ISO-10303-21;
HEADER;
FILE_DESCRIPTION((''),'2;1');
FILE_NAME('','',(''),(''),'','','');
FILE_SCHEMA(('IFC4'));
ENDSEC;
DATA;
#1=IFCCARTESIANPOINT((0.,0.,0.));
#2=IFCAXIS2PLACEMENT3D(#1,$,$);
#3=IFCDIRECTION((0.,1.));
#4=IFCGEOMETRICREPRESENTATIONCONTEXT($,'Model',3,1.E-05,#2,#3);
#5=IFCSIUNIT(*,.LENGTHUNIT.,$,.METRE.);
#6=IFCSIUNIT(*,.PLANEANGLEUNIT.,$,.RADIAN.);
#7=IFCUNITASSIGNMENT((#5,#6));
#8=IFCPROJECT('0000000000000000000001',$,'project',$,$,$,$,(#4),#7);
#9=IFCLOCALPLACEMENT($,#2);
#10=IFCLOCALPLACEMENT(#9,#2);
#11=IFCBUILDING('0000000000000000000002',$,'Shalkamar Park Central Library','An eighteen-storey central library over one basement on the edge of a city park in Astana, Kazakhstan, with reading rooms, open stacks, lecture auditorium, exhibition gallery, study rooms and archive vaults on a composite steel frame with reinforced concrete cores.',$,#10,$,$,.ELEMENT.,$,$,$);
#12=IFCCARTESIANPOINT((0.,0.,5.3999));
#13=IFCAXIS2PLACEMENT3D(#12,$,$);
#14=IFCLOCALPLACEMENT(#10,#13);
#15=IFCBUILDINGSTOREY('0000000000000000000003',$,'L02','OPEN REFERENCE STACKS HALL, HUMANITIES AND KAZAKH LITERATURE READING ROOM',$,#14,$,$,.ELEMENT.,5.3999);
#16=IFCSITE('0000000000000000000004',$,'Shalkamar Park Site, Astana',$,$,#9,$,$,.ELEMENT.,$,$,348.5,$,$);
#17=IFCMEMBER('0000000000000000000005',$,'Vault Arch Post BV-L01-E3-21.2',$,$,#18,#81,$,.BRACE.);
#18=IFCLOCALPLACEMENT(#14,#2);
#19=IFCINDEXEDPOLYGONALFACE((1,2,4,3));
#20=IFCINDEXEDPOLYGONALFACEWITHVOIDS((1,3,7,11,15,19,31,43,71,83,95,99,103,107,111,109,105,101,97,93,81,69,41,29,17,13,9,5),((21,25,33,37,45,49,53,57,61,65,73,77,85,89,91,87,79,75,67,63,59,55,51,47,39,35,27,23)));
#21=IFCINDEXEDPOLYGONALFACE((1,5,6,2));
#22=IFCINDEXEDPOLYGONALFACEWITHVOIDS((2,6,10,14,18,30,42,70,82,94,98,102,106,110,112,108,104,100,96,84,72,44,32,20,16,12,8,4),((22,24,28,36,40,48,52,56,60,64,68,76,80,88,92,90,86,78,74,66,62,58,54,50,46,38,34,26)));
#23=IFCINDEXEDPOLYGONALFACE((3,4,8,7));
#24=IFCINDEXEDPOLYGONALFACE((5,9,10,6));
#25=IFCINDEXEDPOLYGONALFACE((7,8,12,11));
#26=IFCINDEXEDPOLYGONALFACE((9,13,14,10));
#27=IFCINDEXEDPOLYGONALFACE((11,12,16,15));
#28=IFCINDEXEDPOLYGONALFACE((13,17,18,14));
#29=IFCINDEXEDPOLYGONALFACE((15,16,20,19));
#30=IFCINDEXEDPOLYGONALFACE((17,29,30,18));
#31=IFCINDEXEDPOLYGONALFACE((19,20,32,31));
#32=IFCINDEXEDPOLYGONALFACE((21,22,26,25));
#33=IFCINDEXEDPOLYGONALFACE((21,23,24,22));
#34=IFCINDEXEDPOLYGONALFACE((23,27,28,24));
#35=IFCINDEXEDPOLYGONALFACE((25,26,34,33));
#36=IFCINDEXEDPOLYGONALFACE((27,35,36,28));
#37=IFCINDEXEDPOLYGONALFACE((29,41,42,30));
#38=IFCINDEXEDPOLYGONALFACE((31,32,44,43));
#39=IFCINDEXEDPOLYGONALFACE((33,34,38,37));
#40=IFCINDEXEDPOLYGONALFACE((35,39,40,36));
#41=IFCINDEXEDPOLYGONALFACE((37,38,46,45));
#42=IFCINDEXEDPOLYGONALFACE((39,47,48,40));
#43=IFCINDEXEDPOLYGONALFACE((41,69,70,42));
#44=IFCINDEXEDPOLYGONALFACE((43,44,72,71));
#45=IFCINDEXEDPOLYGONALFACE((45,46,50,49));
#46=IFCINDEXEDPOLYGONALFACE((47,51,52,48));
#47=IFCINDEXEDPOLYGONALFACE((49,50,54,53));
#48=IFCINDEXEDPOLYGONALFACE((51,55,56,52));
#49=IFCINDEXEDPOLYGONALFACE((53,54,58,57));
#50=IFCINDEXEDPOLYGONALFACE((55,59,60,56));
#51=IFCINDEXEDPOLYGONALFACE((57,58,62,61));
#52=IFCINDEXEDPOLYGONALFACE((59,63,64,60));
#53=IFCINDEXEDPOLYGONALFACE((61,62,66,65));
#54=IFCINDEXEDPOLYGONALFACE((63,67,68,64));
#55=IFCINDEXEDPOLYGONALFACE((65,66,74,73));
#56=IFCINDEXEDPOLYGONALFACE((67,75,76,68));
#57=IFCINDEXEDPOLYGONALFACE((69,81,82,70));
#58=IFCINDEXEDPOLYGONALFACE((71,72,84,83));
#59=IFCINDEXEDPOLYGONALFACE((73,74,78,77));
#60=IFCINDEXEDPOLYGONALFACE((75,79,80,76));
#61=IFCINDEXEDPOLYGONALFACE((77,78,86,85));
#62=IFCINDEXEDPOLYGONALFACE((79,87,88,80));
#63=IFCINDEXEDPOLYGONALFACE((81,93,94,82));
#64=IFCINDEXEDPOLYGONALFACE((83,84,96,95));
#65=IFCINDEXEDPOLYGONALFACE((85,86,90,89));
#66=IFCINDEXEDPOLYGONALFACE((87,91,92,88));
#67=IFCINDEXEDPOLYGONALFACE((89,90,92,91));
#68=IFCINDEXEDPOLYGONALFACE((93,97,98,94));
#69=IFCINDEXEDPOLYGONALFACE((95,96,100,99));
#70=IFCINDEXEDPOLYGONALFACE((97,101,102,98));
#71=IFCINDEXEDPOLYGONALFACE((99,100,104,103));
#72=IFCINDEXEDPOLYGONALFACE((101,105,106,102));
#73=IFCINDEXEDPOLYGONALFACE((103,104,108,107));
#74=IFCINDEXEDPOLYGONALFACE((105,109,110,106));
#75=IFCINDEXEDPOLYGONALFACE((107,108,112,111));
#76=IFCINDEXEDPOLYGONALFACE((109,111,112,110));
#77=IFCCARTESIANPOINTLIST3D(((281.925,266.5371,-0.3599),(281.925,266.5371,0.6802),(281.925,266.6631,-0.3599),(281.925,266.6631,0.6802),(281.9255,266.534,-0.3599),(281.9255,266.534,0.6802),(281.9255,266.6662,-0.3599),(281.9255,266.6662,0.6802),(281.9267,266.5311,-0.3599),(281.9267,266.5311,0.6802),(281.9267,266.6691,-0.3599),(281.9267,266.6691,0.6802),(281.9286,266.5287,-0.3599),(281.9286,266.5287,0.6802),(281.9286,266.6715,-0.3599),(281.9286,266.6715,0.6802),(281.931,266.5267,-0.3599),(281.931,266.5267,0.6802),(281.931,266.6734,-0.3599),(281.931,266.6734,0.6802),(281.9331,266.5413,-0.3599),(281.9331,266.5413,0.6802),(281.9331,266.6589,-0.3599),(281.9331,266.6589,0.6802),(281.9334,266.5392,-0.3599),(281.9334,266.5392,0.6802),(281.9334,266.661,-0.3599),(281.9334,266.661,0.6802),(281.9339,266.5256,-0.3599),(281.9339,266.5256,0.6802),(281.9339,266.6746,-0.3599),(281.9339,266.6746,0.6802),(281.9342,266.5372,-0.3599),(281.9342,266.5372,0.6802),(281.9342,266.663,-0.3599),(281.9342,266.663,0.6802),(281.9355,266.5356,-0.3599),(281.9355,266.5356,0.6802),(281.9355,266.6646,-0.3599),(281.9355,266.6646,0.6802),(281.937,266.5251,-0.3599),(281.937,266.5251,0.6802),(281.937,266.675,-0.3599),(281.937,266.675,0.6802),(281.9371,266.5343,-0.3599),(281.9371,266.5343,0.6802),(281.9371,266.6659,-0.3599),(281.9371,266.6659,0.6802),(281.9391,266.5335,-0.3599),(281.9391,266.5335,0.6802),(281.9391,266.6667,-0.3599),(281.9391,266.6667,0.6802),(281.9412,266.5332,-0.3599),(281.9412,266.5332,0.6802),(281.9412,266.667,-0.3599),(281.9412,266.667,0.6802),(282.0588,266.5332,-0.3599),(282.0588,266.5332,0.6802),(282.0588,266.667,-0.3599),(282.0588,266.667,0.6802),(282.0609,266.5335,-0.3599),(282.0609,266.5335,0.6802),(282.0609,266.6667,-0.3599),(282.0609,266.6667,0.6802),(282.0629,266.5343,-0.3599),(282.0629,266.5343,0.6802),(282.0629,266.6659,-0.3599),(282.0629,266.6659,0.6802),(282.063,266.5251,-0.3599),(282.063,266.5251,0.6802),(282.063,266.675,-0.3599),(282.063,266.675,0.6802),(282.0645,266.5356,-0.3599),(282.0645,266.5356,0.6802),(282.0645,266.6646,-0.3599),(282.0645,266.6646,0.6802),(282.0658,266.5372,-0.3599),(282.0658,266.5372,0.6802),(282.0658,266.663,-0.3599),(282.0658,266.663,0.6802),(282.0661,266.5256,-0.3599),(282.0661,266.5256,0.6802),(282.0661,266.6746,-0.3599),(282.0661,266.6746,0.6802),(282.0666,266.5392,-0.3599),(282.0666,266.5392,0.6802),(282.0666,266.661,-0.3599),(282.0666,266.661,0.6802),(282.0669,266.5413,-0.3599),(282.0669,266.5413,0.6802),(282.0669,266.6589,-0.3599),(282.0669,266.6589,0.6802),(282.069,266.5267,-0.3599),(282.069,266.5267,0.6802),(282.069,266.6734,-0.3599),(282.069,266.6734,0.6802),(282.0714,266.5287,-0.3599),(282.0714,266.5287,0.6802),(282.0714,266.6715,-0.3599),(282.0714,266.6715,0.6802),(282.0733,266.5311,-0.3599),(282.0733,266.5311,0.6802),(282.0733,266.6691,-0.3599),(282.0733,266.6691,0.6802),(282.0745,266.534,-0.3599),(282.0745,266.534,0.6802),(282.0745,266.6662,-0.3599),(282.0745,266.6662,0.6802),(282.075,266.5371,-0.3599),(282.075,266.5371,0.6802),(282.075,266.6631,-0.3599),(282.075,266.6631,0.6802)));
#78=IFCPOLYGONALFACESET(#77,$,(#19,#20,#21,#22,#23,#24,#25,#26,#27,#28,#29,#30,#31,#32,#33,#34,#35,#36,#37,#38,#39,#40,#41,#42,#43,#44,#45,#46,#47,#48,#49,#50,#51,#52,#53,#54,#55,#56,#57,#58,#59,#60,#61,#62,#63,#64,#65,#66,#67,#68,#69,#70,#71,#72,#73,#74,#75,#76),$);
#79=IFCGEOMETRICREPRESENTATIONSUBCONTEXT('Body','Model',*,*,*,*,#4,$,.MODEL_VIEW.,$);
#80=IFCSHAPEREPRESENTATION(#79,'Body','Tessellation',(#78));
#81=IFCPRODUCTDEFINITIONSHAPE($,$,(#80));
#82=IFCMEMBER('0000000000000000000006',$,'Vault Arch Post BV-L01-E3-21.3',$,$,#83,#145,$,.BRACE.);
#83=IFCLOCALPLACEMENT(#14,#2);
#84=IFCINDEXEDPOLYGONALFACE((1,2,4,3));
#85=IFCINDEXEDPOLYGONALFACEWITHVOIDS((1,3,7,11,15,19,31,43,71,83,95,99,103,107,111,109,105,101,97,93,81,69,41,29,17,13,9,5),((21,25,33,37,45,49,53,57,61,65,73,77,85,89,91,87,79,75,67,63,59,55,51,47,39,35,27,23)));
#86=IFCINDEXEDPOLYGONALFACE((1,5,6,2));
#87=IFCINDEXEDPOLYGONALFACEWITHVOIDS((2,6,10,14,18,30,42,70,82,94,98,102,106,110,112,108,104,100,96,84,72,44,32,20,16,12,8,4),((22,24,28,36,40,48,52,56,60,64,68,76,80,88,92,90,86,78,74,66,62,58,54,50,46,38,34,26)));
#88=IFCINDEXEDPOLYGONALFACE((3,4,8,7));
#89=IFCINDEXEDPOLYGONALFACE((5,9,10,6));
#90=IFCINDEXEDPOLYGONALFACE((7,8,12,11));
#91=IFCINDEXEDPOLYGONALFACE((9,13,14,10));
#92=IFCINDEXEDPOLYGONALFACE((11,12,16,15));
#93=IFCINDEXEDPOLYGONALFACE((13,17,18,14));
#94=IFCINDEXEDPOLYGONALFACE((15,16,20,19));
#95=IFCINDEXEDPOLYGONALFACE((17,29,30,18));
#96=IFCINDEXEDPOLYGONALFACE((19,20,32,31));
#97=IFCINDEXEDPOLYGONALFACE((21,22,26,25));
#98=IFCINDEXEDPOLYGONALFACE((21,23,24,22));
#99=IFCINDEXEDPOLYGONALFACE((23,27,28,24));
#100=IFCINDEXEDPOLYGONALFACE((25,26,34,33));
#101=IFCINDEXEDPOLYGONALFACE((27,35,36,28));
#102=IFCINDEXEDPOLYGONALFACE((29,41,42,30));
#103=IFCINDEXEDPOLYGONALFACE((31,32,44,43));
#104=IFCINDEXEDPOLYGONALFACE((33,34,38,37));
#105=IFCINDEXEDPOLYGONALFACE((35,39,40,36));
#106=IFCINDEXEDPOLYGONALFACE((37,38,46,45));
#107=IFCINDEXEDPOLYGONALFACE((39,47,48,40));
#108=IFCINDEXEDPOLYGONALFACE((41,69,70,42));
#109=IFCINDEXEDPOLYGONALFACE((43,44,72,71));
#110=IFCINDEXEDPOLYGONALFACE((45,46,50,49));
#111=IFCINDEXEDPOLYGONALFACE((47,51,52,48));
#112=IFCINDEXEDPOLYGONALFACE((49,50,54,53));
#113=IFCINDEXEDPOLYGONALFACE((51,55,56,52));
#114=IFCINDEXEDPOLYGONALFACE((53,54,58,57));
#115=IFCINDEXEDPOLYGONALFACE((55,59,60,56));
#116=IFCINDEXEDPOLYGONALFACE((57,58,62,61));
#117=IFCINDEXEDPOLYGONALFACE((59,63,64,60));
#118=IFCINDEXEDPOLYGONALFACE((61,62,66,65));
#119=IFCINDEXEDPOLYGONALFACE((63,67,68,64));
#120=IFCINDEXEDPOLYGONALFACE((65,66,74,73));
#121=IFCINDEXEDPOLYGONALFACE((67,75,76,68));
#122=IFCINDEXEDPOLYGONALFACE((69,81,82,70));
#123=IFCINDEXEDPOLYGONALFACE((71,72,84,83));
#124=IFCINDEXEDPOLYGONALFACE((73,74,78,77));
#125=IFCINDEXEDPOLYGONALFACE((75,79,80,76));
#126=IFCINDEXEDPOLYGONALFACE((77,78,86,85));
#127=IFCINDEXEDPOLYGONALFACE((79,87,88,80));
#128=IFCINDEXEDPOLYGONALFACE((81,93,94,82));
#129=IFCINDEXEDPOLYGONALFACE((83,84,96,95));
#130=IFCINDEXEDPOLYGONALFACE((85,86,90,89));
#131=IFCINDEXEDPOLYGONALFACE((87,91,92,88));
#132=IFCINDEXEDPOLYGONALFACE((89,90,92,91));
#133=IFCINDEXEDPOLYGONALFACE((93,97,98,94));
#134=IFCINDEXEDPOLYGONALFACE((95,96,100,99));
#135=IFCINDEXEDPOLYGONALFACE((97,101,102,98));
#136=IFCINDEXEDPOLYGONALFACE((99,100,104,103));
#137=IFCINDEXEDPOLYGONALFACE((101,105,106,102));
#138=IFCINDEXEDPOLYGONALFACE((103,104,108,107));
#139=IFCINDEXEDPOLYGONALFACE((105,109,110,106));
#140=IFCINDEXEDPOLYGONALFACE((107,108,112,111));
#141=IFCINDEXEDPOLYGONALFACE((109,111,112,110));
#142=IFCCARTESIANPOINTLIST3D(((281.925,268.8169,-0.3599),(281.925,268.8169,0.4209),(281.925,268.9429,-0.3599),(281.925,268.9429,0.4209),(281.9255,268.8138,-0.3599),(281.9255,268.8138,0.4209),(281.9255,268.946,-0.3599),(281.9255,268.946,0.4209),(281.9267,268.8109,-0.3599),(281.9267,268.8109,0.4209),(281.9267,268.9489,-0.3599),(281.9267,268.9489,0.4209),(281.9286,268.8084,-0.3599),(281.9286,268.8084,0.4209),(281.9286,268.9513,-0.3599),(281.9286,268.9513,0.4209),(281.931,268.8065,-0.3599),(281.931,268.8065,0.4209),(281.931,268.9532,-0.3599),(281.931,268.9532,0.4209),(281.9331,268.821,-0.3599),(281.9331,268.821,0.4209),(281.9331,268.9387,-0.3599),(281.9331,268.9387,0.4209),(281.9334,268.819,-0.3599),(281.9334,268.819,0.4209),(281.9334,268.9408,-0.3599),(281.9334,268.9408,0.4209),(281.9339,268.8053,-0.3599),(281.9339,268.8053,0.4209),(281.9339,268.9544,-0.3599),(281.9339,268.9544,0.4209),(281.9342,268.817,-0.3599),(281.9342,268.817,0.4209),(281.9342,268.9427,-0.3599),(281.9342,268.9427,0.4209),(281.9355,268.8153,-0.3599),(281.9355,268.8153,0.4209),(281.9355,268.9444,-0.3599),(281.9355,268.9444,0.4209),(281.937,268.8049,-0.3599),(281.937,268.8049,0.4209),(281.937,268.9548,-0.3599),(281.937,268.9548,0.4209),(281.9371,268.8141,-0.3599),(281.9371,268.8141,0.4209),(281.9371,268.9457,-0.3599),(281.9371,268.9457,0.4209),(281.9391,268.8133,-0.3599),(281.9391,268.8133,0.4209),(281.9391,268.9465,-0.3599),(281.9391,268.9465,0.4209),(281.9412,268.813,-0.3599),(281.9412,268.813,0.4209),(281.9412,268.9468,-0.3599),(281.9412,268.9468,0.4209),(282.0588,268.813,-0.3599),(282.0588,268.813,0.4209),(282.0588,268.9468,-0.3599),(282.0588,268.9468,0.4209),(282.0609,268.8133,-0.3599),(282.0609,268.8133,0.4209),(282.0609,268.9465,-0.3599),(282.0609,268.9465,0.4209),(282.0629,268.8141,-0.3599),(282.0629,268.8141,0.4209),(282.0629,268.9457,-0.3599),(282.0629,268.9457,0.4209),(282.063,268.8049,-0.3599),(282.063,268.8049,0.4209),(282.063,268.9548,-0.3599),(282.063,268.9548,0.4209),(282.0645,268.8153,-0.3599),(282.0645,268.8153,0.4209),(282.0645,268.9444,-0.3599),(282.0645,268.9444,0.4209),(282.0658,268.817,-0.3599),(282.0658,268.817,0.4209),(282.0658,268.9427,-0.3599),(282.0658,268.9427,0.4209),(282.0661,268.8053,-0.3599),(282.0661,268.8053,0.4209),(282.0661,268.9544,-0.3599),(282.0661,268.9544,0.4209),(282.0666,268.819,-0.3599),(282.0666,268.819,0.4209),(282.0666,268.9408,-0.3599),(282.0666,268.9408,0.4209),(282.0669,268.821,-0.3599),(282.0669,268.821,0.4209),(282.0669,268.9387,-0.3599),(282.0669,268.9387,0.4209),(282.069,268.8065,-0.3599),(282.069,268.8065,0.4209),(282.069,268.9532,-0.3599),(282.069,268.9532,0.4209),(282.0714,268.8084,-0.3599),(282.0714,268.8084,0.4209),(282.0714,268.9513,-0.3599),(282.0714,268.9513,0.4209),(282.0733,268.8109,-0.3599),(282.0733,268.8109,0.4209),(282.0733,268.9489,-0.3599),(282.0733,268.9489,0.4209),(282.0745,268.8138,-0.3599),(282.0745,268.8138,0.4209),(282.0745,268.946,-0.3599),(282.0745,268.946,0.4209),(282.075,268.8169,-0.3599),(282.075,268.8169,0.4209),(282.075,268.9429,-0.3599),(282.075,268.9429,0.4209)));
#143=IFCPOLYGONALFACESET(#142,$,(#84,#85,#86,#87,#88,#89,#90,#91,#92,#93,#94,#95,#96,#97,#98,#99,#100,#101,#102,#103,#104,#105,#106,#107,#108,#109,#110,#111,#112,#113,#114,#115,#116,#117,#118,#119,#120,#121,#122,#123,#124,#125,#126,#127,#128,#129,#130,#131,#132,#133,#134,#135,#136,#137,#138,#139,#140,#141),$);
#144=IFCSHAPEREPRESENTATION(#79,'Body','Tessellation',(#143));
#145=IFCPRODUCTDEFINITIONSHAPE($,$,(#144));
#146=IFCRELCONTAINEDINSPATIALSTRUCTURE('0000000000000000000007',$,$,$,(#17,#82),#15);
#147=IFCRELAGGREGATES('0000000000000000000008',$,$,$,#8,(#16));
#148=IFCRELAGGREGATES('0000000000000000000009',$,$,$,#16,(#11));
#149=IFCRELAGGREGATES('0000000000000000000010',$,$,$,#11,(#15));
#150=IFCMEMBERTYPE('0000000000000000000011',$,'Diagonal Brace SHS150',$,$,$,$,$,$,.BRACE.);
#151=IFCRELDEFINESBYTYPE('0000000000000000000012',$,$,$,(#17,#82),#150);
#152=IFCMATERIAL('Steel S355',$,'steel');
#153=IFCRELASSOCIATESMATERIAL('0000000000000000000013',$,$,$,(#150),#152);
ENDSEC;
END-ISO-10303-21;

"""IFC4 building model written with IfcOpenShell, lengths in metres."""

from ifc_helpers import new_model, si_unit, direction, frame, origin, origin_2d, place, context, subcontext, project, spatial, hollow_rectangle, extrude, material, material_profile, profile_set, type_object, element, save


model = new_model("IFC4")

# Units and contexts
model_context = context("Model", 3, precision=1e-05, world=origin(), true_north=direction((0.0, 1.0)))
body_context = subcontext(model_context, "Body", "Model", "MODEL_VIEW")
ifc_project = project(units=[si_unit("LENGTHUNIT", "METRE"), si_unit("PLANEANGLEUNIT", "RADIAN")], contexts=[model_context])

# Site, building, storey
site_placement = place(None, origin())
site = spatial("IfcSite", under=ifc_project, at=site_placement, Name="Shalkamar Park Site, Astana", CompositionType="ELEMENT", RefElevation=348.5)
building_placement = place(site_placement, origin())
building = spatial("IfcBuilding", under=site, at=building_placement, Name="Shalkamar Park Central Library", Description="An eighteen-storey central library over one basement on the edge of a city park in Astana, Kazakhstan, with reading rooms, open stacks, lecture auditorium, exhibition gallery, study rooms and archive vaults on a composite steel frame with reinforced concrete cores.", CompositionType="ELEMENT")
storey_placement = place(building_placement, frame((0.0, 0.0, 5.3999)))
storey = spatial("IfcBuildingStorey", under=building, at=storey_placement, Name="L02", Description="OPEN REFERENCE STACKS HALL, HUMANITIES AND KAZAKH LITERATURE READING ROOM", CompositionType="ELEMENT", Elevation=5.3999)

# Shared definitions
ifc_material_1 = material(Name="Steel S355", Category="steel")

# Members
ifc_material_profile_1 = material_profile(ifc_material_1, hollow_rectangle(XDim=0.1499, YDim=0.1499, WallThickness=0.0081, InnerFilletRadius=0.0081, OuterFilletRadius=0.012, at=origin_2d()), Name="SHS 150x150x8")
ifc_profile_set_1 = profile_set([ifc_material_profile_1], Name="Steel S355")
member_type_1 = type_object("IfcMemberType", Name="Diagonal Brace SHS150", PredefinedType="BRACE", material=ifc_profile_set_1)
member_1_placement = place(storey_placement, frame((282.0, 266.6001, -0.3599), z_axis=(0.0, 0.0, 1.0), x_axis=(1.0, 0.0, 0.0)))
element("IfcMember", 1, at=member_1_placement, inside=storey, type_object=member_type_1, Name="Vault Arch Post BV-L01-E3-21.2", PredefinedType="BRACE", context=body_context, shape_type="SweptSolid", body=[
    extrude(hollow_rectangle(XDim=0.1499, YDim=0.1499, WallThickness=0.0081, InnerFilletRadius=0.0081, OuterFilletRadius=0.012, at=origin_2d()), origin(), (0.0, 0.0, 1.0), 1.04),
])
for number, where, z_axis, x_axis, name in (
    (2, (282.0, 268.8799, -0.3599), (0.0, 0.0, 1.0), (1.0, 0.0, 0.0), "Vault Arch Post BV-L01-E3-21.3"),
):
    element("IfcMember", number, at=place(storey_placement, frame(where, z_axis=z_axis, x_axis=x_axis)), inside=storey, type_object=member_type_1, Name=name, PredefinedType="BRACE", context=body_context, shape_type="SweptSolid", body=[
        extrude(hollow_rectangle(XDim=0.1499, YDim=0.1499, WallThickness=0.0081, InnerFilletRadius=0.0081, OuterFilletRadius=0.012, at=origin_2d()), origin(), (0.0, 0.0, 1.0), 0.7808),
    ])

save(model, "model.ifc")
